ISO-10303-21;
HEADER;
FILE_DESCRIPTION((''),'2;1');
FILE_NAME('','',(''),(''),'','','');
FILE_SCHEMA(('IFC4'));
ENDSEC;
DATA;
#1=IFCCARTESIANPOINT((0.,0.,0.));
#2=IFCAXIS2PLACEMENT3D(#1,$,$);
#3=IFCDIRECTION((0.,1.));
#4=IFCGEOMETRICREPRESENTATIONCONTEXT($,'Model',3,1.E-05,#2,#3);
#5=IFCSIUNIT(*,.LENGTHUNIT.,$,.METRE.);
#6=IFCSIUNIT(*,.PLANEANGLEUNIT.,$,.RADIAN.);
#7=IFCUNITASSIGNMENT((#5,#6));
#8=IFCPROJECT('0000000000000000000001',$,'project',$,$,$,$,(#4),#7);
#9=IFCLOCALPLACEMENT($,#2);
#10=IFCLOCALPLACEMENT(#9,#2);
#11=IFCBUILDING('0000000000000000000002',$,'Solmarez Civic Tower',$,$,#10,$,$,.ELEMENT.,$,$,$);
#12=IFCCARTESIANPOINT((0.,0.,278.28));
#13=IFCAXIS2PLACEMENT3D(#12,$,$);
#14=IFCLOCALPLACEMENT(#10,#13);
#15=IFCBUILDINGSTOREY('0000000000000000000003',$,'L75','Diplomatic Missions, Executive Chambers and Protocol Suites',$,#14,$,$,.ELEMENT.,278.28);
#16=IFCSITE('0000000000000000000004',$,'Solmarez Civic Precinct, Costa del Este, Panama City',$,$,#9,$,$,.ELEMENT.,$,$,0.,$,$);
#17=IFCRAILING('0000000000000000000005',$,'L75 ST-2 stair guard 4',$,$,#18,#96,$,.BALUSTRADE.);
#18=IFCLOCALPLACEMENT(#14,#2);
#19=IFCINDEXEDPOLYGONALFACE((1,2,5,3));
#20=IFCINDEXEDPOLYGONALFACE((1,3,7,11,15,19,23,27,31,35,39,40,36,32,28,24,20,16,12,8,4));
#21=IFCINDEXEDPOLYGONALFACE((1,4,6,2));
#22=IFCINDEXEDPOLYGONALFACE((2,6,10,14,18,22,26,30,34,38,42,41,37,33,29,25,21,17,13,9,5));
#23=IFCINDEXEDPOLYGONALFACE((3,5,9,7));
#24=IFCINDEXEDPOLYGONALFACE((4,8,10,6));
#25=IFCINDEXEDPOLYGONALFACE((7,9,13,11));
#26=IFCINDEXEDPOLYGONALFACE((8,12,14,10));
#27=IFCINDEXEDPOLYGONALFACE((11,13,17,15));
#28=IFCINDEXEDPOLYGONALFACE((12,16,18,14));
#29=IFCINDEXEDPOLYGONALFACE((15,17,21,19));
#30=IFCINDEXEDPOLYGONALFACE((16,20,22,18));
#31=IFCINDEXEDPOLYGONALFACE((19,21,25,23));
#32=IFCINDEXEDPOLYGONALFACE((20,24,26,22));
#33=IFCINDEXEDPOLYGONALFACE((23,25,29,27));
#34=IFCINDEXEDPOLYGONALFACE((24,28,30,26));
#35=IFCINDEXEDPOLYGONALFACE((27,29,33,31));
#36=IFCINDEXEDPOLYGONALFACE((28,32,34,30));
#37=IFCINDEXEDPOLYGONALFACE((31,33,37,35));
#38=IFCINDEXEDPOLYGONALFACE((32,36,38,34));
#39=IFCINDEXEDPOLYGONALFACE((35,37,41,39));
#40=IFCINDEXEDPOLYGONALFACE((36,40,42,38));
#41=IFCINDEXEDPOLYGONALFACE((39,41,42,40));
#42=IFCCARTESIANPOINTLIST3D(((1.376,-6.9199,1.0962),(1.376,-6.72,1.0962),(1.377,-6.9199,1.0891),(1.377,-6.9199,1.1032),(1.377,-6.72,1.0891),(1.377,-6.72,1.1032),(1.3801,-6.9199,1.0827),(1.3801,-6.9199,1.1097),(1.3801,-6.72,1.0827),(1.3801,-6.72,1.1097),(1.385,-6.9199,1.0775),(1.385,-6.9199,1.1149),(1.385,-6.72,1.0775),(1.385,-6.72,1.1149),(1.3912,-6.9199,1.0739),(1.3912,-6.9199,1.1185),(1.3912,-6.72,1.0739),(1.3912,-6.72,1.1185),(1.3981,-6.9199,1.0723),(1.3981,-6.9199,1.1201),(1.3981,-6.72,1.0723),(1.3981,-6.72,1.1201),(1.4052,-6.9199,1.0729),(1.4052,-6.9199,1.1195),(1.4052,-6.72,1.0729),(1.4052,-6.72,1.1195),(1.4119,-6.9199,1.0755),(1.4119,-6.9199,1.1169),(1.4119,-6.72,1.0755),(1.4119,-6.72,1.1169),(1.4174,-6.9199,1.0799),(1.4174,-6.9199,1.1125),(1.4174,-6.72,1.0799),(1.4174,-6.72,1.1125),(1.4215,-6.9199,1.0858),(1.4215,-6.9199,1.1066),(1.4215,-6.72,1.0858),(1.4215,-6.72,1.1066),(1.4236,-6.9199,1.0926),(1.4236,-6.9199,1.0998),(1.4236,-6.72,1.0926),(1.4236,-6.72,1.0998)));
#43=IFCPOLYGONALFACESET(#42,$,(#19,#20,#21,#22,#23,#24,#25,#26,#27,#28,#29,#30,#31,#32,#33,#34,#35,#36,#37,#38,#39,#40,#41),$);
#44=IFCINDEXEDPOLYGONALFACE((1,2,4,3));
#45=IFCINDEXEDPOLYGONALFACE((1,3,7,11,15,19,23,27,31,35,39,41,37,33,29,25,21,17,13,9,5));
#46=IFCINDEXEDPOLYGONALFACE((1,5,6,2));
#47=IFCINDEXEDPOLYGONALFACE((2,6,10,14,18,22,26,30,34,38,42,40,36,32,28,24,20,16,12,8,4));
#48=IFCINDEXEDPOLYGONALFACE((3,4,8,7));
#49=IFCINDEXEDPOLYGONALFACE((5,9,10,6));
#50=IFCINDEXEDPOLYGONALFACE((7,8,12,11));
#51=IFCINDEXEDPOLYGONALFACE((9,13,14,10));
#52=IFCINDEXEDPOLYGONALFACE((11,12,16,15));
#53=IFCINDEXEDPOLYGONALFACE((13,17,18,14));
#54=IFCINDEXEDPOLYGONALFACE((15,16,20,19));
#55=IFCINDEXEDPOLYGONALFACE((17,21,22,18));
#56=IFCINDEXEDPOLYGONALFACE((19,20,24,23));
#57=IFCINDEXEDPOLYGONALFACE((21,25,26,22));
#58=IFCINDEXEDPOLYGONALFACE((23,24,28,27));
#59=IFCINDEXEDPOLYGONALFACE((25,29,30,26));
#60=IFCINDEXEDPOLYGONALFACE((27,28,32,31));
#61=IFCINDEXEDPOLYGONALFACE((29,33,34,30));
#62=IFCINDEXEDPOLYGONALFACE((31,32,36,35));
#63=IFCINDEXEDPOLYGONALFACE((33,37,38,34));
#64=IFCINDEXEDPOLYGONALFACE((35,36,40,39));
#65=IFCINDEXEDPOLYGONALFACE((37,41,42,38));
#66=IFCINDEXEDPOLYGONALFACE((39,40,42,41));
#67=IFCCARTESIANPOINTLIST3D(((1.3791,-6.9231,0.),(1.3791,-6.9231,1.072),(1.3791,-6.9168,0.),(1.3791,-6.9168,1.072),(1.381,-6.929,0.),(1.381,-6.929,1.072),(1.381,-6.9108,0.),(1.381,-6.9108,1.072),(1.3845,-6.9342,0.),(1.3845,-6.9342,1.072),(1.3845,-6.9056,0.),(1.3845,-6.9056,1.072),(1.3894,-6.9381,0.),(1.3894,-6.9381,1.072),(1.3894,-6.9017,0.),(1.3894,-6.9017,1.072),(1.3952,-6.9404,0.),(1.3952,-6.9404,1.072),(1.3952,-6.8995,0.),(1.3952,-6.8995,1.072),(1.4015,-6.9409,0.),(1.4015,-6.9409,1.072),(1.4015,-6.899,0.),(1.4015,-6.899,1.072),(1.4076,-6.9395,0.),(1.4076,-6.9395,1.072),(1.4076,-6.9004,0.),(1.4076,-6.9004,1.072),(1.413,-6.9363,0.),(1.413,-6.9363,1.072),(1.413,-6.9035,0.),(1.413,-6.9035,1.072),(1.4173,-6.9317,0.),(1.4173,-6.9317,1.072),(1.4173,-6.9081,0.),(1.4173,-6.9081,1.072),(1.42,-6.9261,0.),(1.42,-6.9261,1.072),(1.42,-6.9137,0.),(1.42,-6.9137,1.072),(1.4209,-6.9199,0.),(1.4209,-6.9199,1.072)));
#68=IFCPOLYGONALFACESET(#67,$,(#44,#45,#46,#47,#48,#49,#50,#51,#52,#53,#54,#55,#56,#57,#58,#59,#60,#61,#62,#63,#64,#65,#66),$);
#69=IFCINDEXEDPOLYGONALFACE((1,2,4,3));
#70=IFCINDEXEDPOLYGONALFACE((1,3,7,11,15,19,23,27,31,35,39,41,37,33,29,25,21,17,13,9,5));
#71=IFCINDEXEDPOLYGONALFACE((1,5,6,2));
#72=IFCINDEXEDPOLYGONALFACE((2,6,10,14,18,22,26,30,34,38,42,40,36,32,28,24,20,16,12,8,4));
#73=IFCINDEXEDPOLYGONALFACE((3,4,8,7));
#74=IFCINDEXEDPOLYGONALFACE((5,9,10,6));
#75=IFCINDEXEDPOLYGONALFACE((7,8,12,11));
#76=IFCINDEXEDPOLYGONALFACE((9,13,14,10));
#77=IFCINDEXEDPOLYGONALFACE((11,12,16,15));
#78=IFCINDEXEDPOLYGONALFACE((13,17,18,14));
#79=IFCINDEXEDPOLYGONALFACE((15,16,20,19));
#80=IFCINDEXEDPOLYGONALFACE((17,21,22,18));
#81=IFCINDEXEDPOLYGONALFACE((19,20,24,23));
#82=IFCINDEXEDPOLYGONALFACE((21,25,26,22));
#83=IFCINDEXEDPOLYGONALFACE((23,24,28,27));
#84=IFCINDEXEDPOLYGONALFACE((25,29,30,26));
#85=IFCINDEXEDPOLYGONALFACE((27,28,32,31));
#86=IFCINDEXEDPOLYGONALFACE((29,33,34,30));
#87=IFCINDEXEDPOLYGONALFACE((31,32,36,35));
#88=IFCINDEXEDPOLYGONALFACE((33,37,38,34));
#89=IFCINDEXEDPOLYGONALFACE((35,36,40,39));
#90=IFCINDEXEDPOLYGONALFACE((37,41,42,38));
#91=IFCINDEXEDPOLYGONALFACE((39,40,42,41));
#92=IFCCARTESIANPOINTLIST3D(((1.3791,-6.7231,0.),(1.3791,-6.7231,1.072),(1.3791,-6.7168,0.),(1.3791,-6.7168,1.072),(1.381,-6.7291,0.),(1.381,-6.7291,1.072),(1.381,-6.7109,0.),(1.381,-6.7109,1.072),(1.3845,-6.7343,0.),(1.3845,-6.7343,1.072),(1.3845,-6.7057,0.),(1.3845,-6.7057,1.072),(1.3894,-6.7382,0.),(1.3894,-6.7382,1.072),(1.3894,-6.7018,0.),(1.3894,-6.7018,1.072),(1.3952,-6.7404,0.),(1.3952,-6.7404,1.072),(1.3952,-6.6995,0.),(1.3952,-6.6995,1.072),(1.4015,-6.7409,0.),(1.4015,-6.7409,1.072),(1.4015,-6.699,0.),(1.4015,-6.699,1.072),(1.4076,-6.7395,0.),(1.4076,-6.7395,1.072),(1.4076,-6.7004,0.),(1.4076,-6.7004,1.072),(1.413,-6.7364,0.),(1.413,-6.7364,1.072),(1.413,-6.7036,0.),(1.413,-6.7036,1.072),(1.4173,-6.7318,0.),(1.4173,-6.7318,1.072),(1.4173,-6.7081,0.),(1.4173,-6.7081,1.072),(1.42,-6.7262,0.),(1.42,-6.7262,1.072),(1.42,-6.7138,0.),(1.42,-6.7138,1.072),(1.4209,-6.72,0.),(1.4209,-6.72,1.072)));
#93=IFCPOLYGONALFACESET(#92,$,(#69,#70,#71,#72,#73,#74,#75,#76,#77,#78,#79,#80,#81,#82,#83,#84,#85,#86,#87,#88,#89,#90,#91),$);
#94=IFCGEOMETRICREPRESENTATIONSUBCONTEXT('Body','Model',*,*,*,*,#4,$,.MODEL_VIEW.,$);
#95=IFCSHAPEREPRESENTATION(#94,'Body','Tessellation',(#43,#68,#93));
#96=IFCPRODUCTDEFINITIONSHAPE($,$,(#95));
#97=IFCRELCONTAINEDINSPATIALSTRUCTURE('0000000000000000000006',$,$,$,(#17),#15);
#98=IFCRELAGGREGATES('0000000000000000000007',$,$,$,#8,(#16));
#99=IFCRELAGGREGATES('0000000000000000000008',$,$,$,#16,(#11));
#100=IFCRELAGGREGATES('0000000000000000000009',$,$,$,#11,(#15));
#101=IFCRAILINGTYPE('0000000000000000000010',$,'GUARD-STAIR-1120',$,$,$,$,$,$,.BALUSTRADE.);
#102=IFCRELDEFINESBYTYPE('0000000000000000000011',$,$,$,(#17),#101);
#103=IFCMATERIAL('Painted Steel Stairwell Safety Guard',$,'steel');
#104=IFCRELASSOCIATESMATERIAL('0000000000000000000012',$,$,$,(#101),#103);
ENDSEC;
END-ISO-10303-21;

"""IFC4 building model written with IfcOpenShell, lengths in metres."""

from ifc_helpers import new_model, si_unit, direction, frame, origin, origin_2d, place, context, subcontext, project, spatial, circle, extrude, material, type_object, element, save


model = new_model("IFC4")

# Units and contexts
model_context = context("Model", 3, precision=1e-05, world=origin(), true_north=direction((0.0, 1.0)))
body_context = subcontext(model_context, "Body", "Model", "MODEL_VIEW")
ifc_project = project(units=[si_unit("LENGTHUNIT", "METRE"), si_unit("PLANEANGLEUNIT", "RADIAN")], contexts=[model_context])

# Site, building, storey
site_placement = place(None, origin())
site = spatial("IfcSite", under=ifc_project, at=site_placement, Name="Solmarez Civic Precinct, Costa del Este, Panama City", CompositionType="ELEMENT", RefElevation=0.0)
building_placement = place(site_placement, origin())
building = spatial("IfcBuilding", under=site, at=building_placement, Name="Solmarez Civic Tower", CompositionType="ELEMENT")
storey_placement = place(building_placement, frame((0.0, 0.0, 278.28)))
storey = spatial("IfcBuildingStorey", under=building, at=storey_placement, Name="L75", Description="Diplomatic Missions, Executive Chambers and Protocol Suites", CompositionType="ELEMENT", Elevation=278.28)

# Railing
ifc_material_1 = material(Name="Painted Steel Stairwell Safety Guard", Category="steel")
railing_type_1 = type_object("IfcRailingType", Name="GUARD-STAIR-1120", PredefinedType="BALUSTRADE", material=ifc_material_1)
railing_1_placement = place(storey_placement, frame((1.3999, -6.9199, 0.0)))
element("IfcRailing", 1, at=railing_1_placement, inside=storey, type_object=railing_type_1, Name="L75 ST-2 stair guard 4", PredefinedType="BALUSTRADE", context=body_context, shape_type="SweptSolid", body=[
    extrude(circle(Radius=0.0239, at=origin_2d()), frame((0.0, 0.0, 1.0962), z_axis=(0.0, 1.0, 0.0), x_axis=(-1.0, 0.0, 0.0)), (0.0, 0.0, 1.0), 0.2),
    extrude(circle(Radius=0.021, at=origin_2d()), origin(), (0.0, 0.0, 1.0), 1.072),
    extrude(circle(Radius=0.021, at=origin_2d()), frame((0.0, 0.2, 0.0)), (0.0, 0.0, 1.0), 1.072),
])

save(model, "model.ifc")
